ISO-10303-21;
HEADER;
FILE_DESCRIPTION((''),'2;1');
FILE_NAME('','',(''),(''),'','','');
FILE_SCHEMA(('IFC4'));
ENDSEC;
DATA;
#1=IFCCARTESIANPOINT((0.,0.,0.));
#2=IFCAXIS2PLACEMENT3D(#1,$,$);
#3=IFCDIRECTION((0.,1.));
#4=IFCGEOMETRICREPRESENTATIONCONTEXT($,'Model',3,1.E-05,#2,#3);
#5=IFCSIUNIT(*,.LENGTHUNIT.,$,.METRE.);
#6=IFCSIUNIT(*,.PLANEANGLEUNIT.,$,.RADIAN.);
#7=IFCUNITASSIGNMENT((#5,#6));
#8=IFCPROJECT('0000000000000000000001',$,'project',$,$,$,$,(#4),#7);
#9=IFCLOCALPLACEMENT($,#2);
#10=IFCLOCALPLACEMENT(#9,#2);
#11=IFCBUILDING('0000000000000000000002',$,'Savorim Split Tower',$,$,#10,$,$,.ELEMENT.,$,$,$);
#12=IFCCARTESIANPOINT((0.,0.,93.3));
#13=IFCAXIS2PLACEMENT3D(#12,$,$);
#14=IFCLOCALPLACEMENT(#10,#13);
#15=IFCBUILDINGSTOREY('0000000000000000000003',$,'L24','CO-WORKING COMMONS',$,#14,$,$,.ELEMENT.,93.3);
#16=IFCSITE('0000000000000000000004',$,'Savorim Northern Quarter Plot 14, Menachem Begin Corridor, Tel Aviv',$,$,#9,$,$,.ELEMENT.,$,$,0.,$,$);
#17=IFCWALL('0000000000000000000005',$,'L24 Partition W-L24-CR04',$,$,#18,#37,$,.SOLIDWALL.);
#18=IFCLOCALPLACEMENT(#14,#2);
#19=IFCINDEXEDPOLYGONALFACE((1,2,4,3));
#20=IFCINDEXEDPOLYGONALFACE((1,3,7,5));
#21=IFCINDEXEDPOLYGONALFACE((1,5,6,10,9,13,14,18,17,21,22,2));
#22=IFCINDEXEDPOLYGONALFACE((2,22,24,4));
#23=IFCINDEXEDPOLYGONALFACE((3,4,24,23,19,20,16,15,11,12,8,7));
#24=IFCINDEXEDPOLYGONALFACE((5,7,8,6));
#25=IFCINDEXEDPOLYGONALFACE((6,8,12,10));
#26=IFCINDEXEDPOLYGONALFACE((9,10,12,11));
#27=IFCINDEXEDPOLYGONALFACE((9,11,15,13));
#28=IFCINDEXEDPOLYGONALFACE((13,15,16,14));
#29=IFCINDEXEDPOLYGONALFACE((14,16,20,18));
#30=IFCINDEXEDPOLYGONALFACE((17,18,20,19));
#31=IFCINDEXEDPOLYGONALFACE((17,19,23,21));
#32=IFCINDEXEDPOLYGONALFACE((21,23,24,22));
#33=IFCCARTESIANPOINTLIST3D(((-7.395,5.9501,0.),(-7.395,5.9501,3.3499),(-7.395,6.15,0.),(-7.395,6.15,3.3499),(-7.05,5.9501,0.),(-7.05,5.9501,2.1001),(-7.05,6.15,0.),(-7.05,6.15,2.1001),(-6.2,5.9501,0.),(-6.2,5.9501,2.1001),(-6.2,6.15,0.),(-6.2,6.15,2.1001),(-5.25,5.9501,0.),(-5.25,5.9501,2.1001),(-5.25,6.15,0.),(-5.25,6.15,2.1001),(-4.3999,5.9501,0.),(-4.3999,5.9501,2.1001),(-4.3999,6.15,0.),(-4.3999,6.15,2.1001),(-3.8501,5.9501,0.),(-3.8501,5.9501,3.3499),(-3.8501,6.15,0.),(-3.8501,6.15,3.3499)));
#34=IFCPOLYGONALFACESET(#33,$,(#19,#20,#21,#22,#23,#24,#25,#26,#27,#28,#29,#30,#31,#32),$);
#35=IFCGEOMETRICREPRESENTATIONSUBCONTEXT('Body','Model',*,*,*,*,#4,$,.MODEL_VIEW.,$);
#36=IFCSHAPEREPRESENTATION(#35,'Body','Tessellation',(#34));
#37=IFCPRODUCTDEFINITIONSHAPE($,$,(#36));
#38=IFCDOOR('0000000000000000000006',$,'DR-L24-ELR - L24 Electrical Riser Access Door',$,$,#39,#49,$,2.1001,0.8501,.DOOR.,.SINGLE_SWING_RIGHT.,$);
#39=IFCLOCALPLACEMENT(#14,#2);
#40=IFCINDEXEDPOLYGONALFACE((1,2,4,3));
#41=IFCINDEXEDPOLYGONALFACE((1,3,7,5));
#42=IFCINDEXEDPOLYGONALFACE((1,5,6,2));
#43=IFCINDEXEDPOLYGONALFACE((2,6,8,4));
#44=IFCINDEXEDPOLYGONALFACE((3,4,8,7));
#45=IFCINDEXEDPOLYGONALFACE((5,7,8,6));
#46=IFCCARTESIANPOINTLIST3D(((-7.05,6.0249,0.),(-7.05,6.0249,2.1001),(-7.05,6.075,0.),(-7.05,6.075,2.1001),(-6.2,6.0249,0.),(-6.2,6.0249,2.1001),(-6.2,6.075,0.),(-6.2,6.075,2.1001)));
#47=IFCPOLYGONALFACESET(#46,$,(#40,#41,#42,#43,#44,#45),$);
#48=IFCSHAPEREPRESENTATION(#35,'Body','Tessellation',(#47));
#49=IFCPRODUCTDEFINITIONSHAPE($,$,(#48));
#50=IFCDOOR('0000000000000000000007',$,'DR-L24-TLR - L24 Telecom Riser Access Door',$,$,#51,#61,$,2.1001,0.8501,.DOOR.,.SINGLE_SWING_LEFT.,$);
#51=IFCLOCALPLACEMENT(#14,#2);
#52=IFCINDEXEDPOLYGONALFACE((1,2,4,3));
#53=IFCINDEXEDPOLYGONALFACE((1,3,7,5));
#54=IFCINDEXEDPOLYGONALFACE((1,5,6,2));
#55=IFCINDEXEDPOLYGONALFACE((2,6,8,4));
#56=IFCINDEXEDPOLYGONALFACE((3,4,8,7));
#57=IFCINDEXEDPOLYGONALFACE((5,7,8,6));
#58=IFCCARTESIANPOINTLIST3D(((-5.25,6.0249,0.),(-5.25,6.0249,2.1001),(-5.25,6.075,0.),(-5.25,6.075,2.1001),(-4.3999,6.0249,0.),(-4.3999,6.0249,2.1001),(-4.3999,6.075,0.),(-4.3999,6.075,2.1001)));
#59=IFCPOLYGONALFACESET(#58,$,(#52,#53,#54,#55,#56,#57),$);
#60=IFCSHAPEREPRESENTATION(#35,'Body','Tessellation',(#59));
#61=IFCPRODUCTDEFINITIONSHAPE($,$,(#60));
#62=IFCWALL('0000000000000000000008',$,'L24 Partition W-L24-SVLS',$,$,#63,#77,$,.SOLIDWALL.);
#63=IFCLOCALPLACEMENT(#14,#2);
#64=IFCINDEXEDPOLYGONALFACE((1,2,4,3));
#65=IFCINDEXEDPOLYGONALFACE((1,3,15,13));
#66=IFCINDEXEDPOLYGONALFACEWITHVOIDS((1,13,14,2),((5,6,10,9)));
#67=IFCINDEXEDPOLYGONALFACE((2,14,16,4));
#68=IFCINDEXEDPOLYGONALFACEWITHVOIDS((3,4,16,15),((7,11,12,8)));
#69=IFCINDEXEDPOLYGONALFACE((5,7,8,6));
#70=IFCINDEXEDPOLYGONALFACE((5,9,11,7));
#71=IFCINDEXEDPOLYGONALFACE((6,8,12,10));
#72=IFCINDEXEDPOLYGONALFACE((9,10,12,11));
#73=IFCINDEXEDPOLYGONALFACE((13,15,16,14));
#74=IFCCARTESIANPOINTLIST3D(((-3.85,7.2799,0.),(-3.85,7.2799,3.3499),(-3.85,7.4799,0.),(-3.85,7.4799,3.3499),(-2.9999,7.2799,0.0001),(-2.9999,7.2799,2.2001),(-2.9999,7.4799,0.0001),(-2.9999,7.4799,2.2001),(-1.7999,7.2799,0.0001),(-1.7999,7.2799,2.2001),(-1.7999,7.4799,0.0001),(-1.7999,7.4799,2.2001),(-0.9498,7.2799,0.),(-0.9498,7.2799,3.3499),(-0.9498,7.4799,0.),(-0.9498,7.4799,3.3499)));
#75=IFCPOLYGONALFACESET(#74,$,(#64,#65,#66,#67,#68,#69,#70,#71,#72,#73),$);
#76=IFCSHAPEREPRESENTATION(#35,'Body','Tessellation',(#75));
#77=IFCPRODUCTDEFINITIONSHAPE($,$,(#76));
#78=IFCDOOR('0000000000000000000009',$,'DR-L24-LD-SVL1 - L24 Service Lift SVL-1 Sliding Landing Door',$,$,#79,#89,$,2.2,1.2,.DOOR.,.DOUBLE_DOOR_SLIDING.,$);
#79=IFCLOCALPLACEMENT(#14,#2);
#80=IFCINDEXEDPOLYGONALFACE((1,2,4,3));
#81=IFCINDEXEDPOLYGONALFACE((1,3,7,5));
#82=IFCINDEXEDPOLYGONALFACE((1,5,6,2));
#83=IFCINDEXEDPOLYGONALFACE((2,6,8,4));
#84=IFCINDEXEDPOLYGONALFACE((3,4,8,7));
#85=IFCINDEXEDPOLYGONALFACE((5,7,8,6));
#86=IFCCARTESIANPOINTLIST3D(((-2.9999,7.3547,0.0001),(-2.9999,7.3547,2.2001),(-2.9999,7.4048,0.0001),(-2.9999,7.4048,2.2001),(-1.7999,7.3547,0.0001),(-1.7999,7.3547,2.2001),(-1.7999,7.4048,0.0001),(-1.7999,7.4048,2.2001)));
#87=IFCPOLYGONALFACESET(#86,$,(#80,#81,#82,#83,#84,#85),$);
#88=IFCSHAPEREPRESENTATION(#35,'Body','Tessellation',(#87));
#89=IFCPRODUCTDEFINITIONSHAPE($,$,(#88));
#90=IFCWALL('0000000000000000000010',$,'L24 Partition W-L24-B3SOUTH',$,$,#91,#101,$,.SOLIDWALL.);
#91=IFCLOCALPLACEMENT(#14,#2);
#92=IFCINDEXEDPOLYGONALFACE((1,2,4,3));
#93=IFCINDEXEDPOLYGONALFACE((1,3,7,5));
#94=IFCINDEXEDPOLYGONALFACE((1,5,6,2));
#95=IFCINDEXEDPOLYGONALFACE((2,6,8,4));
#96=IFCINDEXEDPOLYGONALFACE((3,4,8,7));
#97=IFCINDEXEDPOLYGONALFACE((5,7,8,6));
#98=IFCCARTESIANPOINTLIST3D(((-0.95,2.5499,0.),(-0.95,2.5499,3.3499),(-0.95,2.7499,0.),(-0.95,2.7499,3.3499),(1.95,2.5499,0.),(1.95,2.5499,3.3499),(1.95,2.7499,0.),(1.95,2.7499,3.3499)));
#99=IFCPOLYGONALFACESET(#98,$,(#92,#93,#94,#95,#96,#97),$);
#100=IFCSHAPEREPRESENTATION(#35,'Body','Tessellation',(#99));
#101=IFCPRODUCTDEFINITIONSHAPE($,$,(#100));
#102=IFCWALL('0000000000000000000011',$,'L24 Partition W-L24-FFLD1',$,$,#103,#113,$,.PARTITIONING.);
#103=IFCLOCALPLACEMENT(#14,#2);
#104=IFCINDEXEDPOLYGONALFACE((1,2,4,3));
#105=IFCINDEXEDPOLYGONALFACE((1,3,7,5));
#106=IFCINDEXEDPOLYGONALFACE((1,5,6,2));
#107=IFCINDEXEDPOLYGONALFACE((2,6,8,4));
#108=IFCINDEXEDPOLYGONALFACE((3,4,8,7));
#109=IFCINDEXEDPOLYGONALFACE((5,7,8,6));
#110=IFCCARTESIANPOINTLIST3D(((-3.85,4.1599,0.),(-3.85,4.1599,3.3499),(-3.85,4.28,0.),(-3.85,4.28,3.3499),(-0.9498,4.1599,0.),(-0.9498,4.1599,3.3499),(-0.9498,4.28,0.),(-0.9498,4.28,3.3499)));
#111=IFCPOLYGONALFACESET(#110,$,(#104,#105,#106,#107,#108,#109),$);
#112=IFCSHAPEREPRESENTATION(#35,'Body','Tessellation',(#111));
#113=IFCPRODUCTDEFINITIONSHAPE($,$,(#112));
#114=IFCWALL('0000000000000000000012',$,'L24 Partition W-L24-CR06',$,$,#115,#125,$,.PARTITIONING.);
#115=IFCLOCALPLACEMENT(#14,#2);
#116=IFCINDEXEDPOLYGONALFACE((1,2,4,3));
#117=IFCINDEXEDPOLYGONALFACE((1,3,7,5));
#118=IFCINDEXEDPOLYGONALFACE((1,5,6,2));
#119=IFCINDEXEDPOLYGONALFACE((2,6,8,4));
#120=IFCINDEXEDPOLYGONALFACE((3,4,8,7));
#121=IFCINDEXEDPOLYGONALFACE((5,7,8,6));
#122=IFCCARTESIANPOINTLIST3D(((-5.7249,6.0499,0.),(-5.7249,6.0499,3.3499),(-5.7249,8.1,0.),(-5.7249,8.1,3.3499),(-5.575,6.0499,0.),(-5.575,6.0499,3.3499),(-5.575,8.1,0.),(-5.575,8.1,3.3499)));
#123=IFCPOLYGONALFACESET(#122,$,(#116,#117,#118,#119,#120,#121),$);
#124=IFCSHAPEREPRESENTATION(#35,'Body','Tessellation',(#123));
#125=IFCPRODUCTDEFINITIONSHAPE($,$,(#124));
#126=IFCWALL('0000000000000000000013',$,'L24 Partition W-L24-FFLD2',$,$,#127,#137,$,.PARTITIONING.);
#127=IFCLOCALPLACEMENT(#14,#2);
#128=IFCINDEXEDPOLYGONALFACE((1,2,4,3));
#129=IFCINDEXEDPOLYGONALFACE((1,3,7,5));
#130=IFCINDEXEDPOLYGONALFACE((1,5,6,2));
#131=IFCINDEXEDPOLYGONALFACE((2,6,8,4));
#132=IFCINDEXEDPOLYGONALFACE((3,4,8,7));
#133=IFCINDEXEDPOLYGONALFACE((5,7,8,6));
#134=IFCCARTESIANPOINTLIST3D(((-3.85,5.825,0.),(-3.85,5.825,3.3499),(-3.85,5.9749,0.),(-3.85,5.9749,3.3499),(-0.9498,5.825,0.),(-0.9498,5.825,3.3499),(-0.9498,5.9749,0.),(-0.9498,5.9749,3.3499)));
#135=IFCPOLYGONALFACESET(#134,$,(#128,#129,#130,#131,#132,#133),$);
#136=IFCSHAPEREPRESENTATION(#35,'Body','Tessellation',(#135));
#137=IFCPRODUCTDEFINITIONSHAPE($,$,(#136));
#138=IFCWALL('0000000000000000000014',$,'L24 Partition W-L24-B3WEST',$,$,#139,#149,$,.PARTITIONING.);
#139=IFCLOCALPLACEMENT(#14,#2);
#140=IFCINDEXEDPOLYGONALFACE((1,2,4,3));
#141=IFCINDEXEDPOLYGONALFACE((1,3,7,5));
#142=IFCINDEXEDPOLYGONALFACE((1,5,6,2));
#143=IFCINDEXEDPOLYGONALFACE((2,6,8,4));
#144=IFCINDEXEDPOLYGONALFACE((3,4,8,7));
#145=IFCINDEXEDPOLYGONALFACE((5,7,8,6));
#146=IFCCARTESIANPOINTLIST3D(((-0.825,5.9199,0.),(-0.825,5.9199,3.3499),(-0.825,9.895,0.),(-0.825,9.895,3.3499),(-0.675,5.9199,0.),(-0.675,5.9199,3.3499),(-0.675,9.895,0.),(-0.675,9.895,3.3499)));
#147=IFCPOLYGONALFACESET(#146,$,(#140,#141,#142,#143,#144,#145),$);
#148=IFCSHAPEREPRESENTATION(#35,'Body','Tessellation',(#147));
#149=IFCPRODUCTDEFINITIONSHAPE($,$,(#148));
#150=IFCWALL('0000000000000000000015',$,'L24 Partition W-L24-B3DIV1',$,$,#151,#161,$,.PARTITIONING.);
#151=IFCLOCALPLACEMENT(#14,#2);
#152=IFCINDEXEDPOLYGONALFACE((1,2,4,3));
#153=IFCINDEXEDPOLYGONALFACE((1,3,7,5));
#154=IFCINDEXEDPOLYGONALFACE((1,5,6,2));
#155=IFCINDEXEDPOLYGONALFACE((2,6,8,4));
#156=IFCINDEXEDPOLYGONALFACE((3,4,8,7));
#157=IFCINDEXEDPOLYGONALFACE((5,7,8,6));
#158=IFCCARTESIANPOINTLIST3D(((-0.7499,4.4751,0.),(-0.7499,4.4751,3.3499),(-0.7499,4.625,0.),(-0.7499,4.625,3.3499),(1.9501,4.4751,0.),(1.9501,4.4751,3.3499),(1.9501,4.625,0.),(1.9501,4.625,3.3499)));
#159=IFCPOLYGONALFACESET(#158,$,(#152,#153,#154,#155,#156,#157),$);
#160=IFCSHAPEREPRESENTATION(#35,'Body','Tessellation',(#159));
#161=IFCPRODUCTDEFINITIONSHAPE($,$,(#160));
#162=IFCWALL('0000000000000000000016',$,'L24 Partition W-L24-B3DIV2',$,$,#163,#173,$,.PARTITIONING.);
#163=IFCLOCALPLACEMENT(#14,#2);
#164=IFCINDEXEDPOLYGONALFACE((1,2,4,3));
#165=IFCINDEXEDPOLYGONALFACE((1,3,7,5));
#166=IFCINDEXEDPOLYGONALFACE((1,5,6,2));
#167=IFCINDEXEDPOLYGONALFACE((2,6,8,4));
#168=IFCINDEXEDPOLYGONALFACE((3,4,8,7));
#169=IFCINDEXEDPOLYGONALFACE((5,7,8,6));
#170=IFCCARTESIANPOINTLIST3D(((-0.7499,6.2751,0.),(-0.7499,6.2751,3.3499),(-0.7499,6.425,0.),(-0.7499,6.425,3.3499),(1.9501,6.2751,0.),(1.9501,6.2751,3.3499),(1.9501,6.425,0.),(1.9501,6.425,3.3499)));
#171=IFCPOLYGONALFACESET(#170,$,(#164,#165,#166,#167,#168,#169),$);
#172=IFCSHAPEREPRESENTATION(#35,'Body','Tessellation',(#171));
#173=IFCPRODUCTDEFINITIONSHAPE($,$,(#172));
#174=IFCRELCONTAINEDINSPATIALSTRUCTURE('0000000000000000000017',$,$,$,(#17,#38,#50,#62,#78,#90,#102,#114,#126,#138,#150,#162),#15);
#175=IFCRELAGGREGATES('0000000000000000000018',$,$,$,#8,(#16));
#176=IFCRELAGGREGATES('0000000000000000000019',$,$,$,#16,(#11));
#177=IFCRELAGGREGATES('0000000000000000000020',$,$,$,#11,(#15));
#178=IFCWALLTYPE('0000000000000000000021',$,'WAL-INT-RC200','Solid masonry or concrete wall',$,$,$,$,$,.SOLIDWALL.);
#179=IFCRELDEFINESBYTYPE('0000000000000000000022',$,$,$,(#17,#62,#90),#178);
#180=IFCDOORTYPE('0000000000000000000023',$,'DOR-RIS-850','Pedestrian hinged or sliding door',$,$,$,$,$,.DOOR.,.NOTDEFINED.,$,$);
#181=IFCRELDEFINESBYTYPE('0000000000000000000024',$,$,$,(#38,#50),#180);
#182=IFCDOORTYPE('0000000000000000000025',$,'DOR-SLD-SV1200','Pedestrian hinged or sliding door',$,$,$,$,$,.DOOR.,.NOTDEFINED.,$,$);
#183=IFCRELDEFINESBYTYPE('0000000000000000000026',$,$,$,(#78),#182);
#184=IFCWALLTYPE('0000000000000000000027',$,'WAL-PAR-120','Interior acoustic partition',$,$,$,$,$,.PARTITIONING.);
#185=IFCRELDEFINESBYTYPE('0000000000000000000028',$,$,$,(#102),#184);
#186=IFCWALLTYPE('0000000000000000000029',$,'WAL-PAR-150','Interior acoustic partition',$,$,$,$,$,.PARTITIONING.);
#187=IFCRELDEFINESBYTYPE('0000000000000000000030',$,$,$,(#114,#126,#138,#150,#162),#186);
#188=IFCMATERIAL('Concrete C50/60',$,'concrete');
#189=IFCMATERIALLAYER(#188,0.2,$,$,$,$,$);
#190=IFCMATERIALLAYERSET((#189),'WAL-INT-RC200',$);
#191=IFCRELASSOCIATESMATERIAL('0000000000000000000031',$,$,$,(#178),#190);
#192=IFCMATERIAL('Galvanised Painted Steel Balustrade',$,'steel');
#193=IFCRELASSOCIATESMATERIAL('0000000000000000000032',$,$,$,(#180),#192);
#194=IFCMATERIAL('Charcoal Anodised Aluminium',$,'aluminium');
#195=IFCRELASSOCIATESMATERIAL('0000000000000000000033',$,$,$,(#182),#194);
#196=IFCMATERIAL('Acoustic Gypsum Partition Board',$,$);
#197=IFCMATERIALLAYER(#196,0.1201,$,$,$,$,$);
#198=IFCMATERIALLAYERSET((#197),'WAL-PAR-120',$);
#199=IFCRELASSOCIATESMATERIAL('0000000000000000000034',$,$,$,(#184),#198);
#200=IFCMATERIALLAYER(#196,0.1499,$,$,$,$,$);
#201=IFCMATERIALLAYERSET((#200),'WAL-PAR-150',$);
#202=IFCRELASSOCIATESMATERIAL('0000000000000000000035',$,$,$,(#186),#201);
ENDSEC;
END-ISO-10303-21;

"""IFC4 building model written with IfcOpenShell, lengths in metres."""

from ifc_helpers import new_model, si_unit, direction, frame, frame_2d, origin, place, context, subcontext, project, spatial, rectangle, extrude, material, layer, layer_set, type_object, element, fill, save


model = new_model("IFC4")

# Units and contexts
model_context = context("Model", 3, precision=1e-05, world=origin(), true_north=direction((0.0, 1.0)))
body_context = subcontext(model_context, "Body", "Model", "MODEL_VIEW")
ifc_project = project(units=[si_unit("LENGTHUNIT", "METRE"), si_unit("PLANEANGLEUNIT", "RADIAN")], contexts=[model_context])

# Site, building, storey
site_placement = place(None, origin())
site = spatial("IfcSite", under=ifc_project, at=site_placement, Name="Savorim Northern Quarter Plot 14, Menachem Begin Corridor, Tel Aviv", CompositionType="ELEMENT", RefElevation=0.0)
building_placement = place(site_placement, origin())
building = spatial("IfcBuilding", under=site, at=building_placement, Name="Savorim Split Tower", CompositionType="ELEMENT")
storey_placement = place(building_placement, frame((0.0, 0.0, 93.3)))
storey = spatial("IfcBuildingStorey", under=building, at=storey_placement, Name="L24", Description="CO-WORKING COMMONS", CompositionType="ELEMENT", Elevation=93.3)

# Shared definitions
ifc_material_1 = material(Name="Charcoal Anodised Aluminium", Category="aluminium")

# Wall, openings, doors
ifc_material_2 = material(Name="Concrete C50/60", Category="concrete")
ifc_layer_1 = layer(ifc_material_2, 0.2)
ifc_layer_set_1 = layer_set([ifc_layer_1], Name="WAL-INT-RC200")
wall_type_1 = type_object("IfcWallType", Name="WAL-INT-RC200", Description="Solid masonry or concrete wall", PredefinedType="SOLIDWALL", material=ifc_layer_set_1)
wall_1_placement = place(storey_placement, frame((-7.395, 6.05, 0.0), z_axis=(0.0, 0.0, 1.0), x_axis=(1.0, 0.0, 0.0)))
wall_1 = element("IfcWall", 1, at=wall_1_placement, inside=storey, type_object=wall_type_1, Name="L24 Partition W-L24-CR04", PredefinedType="SOLIDWALL", context=body_context, shape_type="SweptSolid", body=[
    extrude(rectangle(XDim=3.5449, YDim=0.2, at=frame_2d((1.7725, 0.0))), origin(), (0.0, 0.0, 1.0), 3.3499),
])
opening_1_placement = place(wall_1_placement, frame((0.345, 0.0, 0.0)))
opening_1 = element("IfcOpeningElement", 2, at=opening_1_placement, cuts=wall_1, PredefinedType="OPENING", context=body_context, shape_type="SweptSolid", body=[
    extrude(rectangle(XDim=0.8501, YDim=2.1001, at=frame_2d((0.425, 1.05))), frame((0.0, 0.1099, 0.0), z_axis=(0.0, -1.0, 0.0), x_axis=(1.0, 0.0, 0.0)), (0.0, 0.0, 1.0), 0.22),
])
opening_2_placement = place(wall_1_placement, frame((2.145, 0.0, 0.0)))
opening_2 = element("IfcOpeningElement", 3, at=opening_2_placement, cuts=wall_1, PredefinedType="OPENING", context=body_context, shape_type="SweptSolid", body=[
    extrude(rectangle(XDim=0.8501, YDim=2.1001, at=frame_2d((0.425, 1.05))), frame((0.0, 0.1099, 0.0), z_axis=(0.0, -1.0, 0.0), x_axis=(1.0, 0.0, 0.0)), (0.0, 0.0, 1.0), 0.22),
])
ifc_material_3 = material(Name="Galvanised Painted Steel Balustrade", Category="steel")
door_type_1 = type_object("IfcDoorType", Name="DOR-RIS-850", Description="Pedestrian hinged or sliding door", OperationType="NOTDEFINED", PredefinedType="DOOR", material=ifc_material_3)
door_1_placement = place(opening_1_placement, origin())
door_1 = element("IfcDoor", 4, at=door_1_placement, inside=storey, type_object=door_type_1, Name="DR-L24-ELR - L24 Electrical Riser Access Door", OperationType="SINGLE_SWING_RIGHT", OverallHeight=2.1001, OverallWidth=0.8501, PredefinedType="DOOR", context=body_context, shape_type="SweptSolid", body=[
    extrude(rectangle(XDim=0.8501, YDim=2.1001, at=frame_2d((0.425, 1.05))), frame((0.0, 0.0249, 0.0), z_axis=(0.0, -1.0, 0.0), x_axis=(1.0, 0.0, 0.0)), (0.0, 0.0, 1.0), 0.05),
])
fill(opening_1, door_1)
door_2_placement = place(opening_2_placement, origin())
door_2 = element("IfcDoor", 5, at=door_2_placement, inside=storey, type_object=door_type_1, Name="DR-L24-TLR - L24 Telecom Riser Access Door", OperationType="SINGLE_SWING_LEFT", OverallHeight=2.1001, OverallWidth=0.8501, PredefinedType="DOOR", context=body_context, shape_type="SweptSolid", body=[
    extrude(rectangle(XDim=0.8501, YDim=2.1001, at=frame_2d((0.425, 1.05))), frame((0.0, 0.0249, 0.0), z_axis=(0.0, -1.0, 0.0), x_axis=(1.0, 0.0, 0.0)), (0.0, 0.0, 1.0), 0.05),
])
fill(opening_2, door_2)

# Wall, opening, door
wall_2_placement = place(storey_placement, frame((-3.8501, 7.3799, 0.0), z_axis=(0.0, 0.0, 1.0), x_axis=(1.0, 0.0, 0.0)))
wall_2 = element("IfcWall", 6, at=wall_2_placement, inside=storey, type_object=wall_type_1, Name="L24 Partition W-L24-SVLS", PredefinedType="SOLIDWALL", context=body_context, shape_type="SweptSolid", body=[
    extrude(rectangle(XDim=2.9001, YDim=0.2, at=frame_2d((1.4502, 0.0))), origin(), (0.0, 0.0, 1.0), 3.3499),
])
opening_3_placement = place(wall_2_placement, frame((0.8501, 0.0, 0.0)))
opening_3 = element("IfcOpeningElement", 7, at=opening_3_placement, cuts=wall_2, PredefinedType="OPENING", context=body_context, shape_type="SweptSolid", body=[
    extrude(rectangle(XDim=1.2, YDim=2.2, at=frame_2d((0.6001, 1.1001))), frame((0.0, 0.1099, 0.0), z_axis=(0.0, -1.0, 0.0), x_axis=(1.0, 0.0, 0.0)), (0.0, 0.0, 1.0), 0.22),
])
door_type_2 = type_object("IfcDoorType", Name="DOR-SLD-SV1200", Description="Pedestrian hinged or sliding door", OperationType="NOTDEFINED", PredefinedType="DOOR", material=ifc_material_1)
door_3_placement = place(opening_3_placement, origin())
door_3 = element("IfcDoor", 8, at=door_3_placement, inside=storey, type_object=door_type_2, Name="DR-L24-LD-SVL1 - L24 Service Lift SVL-1 Sliding Landing Door", OperationType="DOUBLE_DOOR_SLIDING", OverallHeight=2.2, OverallWidth=1.2, PredefinedType="DOOR", context=body_context, shape_type="SweptSolid", body=[
    extrude(rectangle(XDim=1.2, YDim=2.2, at=frame_2d((0.6001, 1.1001))), frame((0.0, 0.0249, 0.0), z_axis=(0.0, -1.0, 0.0), x_axis=(1.0, 0.0, 0.0)), (0.0, 0.0, 1.0), 0.05),
])
fill(opening_3, door_3)

# Walls
wall_3_placement = place(storey_placement, frame((-0.95, 2.6499, 0.0), z_axis=(0.0, 0.0, 1.0), x_axis=(1.0, 0.0, 0.0)))
element("IfcWall", 9, at=wall_3_placement, inside=storey, type_object=wall_type_1, Name="L24 Partition W-L24-B3SOUTH", PredefinedType="SOLIDWALL", context=body_context, shape_type="SweptSolid", body=[
    extrude(rectangle(XDim=2.8999, YDim=0.2, at=frame_2d((1.45, 0.0))), origin(), (0.0, 0.0, 1.0), 3.3499),
])
ifc_material_4 = material(Name="Acoustic Gypsum Partition Board")
ifc_layer_2 = layer(ifc_material_4, 0.1201)
ifc_layer_set_2 = layer_set([ifc_layer_2], Name="WAL-PAR-120")
wall_type_2 = type_object("IfcWallType", Name="WAL-PAR-120", Description="Interior acoustic partition", PredefinedType="PARTITIONING", material=ifc_layer_set_2)
wall_4_placement = place(storey_placement, frame((-3.8501, 4.22, 0.0), z_axis=(0.0, 0.0, 1.0), x_axis=(1.0, 0.0, 0.0)))
element("IfcWall", 10, at=wall_4_placement, inside=storey, type_object=wall_type_2, Name="L24 Partition W-L24-FFLD1", PredefinedType="PARTITIONING", context=body_context, shape_type="SweptSolid", body=[
    extrude(rectangle(XDim=2.9001, YDim=0.1201, at=frame_2d((1.4502, 0.0))), origin(), (0.0, 0.0, 1.0), 3.3499),
])
ifc_layer_3 = layer(ifc_material_4, 0.1499)
ifc_layer_set_3 = layer_set([ifc_layer_3], Name="WAL-PAR-150")
wall_type_3 = type_object("IfcWallType", Name="WAL-PAR-150", Description="Interior acoustic partition", PredefinedType="PARTITIONING", material=ifc_layer_set_3)
wall_5_placement = place(storey_placement, frame((-5.6499, 6.05, 0.0), z_axis=(0.0, 0.0, 1.0), x_axis=(0.0, 1.0, 0.0)))
element("IfcWall", 11, at=wall_5_placement, inside=storey, type_object=wall_type_3, Name="L24 Partition W-L24-CR06", PredefinedType="PARTITIONING", context=body_context, shape_type="SweptSolid", body=[
    extrude(rectangle(XDim=2.05, YDim=0.1499, at=frame_2d((1.0249, 0.0))), origin(), (0.0, 0.0, 1.0), 3.3499),
])
wall_6_placement = place(storey_placement, frame((-3.8501, 5.8999, 0.0), z_axis=(0.0, 0.0, 1.0), x_axis=(1.0, 0.0, 0.0)))
element("IfcWall", 12, at=wall_6_placement, inside=storey, type_object=wall_type_3, Name="L24 Partition W-L24-FFLD2", PredefinedType="PARTITIONING", context=body_context, shape_type="SweptSolid", body=[
    extrude(rectangle(XDim=2.9001, YDim=0.1499, at=frame_2d((1.4502, 0.0))), origin(), (0.0, 0.0, 1.0), 3.3499),
])
wall_7_placement = place(storey_placement, frame((-0.75, 5.9199, 0.0), z_axis=(0.0, 0.0, 1.0), x_axis=(0.0, 1.0, 0.0)))
element("IfcWall", 13, at=wall_7_placement, inside=storey, type_object=wall_type_3, Name="L24 Partition W-L24-B3WEST", PredefinedType="PARTITIONING", context=body_context, shape_type="SweptSolid", body=[
    extrude(rectangle(XDim=3.9751, YDim=0.1499, at=frame_2d((1.9875, 0.0))), origin(), (0.0, 0.0, 1.0), 3.3499),
])
for number, where, z_axis, x_axis, name in (
    (14, (-0.75, 4.55, 0.0), (0.0, 0.0, 1.0), (1.0, 0.0, 0.0), "L24 Partition W-L24-B3DIV1"),
    (15, (-0.75, 6.3501, 0.0), (0.0, 0.0, 1.0), (1.0, 0.0, 0.0), "L24 Partition W-L24-B3DIV2"),
):
    element("IfcWall", number, at=place(storey_placement, frame(where, z_axis=z_axis, x_axis=x_axis)), inside=storey, type_object=wall_type_3, Name=name, PredefinedType="PARTITIONING", context=body_context, shape_type="SweptSolid", body=[
        extrude(rectangle(XDim=2.7, YDim=0.1499, at=frame_2d((1.3501, 0.0))), origin(), (0.0, 0.0, 1.0), 3.3499),
    ])

save(model, "model.ifc")
